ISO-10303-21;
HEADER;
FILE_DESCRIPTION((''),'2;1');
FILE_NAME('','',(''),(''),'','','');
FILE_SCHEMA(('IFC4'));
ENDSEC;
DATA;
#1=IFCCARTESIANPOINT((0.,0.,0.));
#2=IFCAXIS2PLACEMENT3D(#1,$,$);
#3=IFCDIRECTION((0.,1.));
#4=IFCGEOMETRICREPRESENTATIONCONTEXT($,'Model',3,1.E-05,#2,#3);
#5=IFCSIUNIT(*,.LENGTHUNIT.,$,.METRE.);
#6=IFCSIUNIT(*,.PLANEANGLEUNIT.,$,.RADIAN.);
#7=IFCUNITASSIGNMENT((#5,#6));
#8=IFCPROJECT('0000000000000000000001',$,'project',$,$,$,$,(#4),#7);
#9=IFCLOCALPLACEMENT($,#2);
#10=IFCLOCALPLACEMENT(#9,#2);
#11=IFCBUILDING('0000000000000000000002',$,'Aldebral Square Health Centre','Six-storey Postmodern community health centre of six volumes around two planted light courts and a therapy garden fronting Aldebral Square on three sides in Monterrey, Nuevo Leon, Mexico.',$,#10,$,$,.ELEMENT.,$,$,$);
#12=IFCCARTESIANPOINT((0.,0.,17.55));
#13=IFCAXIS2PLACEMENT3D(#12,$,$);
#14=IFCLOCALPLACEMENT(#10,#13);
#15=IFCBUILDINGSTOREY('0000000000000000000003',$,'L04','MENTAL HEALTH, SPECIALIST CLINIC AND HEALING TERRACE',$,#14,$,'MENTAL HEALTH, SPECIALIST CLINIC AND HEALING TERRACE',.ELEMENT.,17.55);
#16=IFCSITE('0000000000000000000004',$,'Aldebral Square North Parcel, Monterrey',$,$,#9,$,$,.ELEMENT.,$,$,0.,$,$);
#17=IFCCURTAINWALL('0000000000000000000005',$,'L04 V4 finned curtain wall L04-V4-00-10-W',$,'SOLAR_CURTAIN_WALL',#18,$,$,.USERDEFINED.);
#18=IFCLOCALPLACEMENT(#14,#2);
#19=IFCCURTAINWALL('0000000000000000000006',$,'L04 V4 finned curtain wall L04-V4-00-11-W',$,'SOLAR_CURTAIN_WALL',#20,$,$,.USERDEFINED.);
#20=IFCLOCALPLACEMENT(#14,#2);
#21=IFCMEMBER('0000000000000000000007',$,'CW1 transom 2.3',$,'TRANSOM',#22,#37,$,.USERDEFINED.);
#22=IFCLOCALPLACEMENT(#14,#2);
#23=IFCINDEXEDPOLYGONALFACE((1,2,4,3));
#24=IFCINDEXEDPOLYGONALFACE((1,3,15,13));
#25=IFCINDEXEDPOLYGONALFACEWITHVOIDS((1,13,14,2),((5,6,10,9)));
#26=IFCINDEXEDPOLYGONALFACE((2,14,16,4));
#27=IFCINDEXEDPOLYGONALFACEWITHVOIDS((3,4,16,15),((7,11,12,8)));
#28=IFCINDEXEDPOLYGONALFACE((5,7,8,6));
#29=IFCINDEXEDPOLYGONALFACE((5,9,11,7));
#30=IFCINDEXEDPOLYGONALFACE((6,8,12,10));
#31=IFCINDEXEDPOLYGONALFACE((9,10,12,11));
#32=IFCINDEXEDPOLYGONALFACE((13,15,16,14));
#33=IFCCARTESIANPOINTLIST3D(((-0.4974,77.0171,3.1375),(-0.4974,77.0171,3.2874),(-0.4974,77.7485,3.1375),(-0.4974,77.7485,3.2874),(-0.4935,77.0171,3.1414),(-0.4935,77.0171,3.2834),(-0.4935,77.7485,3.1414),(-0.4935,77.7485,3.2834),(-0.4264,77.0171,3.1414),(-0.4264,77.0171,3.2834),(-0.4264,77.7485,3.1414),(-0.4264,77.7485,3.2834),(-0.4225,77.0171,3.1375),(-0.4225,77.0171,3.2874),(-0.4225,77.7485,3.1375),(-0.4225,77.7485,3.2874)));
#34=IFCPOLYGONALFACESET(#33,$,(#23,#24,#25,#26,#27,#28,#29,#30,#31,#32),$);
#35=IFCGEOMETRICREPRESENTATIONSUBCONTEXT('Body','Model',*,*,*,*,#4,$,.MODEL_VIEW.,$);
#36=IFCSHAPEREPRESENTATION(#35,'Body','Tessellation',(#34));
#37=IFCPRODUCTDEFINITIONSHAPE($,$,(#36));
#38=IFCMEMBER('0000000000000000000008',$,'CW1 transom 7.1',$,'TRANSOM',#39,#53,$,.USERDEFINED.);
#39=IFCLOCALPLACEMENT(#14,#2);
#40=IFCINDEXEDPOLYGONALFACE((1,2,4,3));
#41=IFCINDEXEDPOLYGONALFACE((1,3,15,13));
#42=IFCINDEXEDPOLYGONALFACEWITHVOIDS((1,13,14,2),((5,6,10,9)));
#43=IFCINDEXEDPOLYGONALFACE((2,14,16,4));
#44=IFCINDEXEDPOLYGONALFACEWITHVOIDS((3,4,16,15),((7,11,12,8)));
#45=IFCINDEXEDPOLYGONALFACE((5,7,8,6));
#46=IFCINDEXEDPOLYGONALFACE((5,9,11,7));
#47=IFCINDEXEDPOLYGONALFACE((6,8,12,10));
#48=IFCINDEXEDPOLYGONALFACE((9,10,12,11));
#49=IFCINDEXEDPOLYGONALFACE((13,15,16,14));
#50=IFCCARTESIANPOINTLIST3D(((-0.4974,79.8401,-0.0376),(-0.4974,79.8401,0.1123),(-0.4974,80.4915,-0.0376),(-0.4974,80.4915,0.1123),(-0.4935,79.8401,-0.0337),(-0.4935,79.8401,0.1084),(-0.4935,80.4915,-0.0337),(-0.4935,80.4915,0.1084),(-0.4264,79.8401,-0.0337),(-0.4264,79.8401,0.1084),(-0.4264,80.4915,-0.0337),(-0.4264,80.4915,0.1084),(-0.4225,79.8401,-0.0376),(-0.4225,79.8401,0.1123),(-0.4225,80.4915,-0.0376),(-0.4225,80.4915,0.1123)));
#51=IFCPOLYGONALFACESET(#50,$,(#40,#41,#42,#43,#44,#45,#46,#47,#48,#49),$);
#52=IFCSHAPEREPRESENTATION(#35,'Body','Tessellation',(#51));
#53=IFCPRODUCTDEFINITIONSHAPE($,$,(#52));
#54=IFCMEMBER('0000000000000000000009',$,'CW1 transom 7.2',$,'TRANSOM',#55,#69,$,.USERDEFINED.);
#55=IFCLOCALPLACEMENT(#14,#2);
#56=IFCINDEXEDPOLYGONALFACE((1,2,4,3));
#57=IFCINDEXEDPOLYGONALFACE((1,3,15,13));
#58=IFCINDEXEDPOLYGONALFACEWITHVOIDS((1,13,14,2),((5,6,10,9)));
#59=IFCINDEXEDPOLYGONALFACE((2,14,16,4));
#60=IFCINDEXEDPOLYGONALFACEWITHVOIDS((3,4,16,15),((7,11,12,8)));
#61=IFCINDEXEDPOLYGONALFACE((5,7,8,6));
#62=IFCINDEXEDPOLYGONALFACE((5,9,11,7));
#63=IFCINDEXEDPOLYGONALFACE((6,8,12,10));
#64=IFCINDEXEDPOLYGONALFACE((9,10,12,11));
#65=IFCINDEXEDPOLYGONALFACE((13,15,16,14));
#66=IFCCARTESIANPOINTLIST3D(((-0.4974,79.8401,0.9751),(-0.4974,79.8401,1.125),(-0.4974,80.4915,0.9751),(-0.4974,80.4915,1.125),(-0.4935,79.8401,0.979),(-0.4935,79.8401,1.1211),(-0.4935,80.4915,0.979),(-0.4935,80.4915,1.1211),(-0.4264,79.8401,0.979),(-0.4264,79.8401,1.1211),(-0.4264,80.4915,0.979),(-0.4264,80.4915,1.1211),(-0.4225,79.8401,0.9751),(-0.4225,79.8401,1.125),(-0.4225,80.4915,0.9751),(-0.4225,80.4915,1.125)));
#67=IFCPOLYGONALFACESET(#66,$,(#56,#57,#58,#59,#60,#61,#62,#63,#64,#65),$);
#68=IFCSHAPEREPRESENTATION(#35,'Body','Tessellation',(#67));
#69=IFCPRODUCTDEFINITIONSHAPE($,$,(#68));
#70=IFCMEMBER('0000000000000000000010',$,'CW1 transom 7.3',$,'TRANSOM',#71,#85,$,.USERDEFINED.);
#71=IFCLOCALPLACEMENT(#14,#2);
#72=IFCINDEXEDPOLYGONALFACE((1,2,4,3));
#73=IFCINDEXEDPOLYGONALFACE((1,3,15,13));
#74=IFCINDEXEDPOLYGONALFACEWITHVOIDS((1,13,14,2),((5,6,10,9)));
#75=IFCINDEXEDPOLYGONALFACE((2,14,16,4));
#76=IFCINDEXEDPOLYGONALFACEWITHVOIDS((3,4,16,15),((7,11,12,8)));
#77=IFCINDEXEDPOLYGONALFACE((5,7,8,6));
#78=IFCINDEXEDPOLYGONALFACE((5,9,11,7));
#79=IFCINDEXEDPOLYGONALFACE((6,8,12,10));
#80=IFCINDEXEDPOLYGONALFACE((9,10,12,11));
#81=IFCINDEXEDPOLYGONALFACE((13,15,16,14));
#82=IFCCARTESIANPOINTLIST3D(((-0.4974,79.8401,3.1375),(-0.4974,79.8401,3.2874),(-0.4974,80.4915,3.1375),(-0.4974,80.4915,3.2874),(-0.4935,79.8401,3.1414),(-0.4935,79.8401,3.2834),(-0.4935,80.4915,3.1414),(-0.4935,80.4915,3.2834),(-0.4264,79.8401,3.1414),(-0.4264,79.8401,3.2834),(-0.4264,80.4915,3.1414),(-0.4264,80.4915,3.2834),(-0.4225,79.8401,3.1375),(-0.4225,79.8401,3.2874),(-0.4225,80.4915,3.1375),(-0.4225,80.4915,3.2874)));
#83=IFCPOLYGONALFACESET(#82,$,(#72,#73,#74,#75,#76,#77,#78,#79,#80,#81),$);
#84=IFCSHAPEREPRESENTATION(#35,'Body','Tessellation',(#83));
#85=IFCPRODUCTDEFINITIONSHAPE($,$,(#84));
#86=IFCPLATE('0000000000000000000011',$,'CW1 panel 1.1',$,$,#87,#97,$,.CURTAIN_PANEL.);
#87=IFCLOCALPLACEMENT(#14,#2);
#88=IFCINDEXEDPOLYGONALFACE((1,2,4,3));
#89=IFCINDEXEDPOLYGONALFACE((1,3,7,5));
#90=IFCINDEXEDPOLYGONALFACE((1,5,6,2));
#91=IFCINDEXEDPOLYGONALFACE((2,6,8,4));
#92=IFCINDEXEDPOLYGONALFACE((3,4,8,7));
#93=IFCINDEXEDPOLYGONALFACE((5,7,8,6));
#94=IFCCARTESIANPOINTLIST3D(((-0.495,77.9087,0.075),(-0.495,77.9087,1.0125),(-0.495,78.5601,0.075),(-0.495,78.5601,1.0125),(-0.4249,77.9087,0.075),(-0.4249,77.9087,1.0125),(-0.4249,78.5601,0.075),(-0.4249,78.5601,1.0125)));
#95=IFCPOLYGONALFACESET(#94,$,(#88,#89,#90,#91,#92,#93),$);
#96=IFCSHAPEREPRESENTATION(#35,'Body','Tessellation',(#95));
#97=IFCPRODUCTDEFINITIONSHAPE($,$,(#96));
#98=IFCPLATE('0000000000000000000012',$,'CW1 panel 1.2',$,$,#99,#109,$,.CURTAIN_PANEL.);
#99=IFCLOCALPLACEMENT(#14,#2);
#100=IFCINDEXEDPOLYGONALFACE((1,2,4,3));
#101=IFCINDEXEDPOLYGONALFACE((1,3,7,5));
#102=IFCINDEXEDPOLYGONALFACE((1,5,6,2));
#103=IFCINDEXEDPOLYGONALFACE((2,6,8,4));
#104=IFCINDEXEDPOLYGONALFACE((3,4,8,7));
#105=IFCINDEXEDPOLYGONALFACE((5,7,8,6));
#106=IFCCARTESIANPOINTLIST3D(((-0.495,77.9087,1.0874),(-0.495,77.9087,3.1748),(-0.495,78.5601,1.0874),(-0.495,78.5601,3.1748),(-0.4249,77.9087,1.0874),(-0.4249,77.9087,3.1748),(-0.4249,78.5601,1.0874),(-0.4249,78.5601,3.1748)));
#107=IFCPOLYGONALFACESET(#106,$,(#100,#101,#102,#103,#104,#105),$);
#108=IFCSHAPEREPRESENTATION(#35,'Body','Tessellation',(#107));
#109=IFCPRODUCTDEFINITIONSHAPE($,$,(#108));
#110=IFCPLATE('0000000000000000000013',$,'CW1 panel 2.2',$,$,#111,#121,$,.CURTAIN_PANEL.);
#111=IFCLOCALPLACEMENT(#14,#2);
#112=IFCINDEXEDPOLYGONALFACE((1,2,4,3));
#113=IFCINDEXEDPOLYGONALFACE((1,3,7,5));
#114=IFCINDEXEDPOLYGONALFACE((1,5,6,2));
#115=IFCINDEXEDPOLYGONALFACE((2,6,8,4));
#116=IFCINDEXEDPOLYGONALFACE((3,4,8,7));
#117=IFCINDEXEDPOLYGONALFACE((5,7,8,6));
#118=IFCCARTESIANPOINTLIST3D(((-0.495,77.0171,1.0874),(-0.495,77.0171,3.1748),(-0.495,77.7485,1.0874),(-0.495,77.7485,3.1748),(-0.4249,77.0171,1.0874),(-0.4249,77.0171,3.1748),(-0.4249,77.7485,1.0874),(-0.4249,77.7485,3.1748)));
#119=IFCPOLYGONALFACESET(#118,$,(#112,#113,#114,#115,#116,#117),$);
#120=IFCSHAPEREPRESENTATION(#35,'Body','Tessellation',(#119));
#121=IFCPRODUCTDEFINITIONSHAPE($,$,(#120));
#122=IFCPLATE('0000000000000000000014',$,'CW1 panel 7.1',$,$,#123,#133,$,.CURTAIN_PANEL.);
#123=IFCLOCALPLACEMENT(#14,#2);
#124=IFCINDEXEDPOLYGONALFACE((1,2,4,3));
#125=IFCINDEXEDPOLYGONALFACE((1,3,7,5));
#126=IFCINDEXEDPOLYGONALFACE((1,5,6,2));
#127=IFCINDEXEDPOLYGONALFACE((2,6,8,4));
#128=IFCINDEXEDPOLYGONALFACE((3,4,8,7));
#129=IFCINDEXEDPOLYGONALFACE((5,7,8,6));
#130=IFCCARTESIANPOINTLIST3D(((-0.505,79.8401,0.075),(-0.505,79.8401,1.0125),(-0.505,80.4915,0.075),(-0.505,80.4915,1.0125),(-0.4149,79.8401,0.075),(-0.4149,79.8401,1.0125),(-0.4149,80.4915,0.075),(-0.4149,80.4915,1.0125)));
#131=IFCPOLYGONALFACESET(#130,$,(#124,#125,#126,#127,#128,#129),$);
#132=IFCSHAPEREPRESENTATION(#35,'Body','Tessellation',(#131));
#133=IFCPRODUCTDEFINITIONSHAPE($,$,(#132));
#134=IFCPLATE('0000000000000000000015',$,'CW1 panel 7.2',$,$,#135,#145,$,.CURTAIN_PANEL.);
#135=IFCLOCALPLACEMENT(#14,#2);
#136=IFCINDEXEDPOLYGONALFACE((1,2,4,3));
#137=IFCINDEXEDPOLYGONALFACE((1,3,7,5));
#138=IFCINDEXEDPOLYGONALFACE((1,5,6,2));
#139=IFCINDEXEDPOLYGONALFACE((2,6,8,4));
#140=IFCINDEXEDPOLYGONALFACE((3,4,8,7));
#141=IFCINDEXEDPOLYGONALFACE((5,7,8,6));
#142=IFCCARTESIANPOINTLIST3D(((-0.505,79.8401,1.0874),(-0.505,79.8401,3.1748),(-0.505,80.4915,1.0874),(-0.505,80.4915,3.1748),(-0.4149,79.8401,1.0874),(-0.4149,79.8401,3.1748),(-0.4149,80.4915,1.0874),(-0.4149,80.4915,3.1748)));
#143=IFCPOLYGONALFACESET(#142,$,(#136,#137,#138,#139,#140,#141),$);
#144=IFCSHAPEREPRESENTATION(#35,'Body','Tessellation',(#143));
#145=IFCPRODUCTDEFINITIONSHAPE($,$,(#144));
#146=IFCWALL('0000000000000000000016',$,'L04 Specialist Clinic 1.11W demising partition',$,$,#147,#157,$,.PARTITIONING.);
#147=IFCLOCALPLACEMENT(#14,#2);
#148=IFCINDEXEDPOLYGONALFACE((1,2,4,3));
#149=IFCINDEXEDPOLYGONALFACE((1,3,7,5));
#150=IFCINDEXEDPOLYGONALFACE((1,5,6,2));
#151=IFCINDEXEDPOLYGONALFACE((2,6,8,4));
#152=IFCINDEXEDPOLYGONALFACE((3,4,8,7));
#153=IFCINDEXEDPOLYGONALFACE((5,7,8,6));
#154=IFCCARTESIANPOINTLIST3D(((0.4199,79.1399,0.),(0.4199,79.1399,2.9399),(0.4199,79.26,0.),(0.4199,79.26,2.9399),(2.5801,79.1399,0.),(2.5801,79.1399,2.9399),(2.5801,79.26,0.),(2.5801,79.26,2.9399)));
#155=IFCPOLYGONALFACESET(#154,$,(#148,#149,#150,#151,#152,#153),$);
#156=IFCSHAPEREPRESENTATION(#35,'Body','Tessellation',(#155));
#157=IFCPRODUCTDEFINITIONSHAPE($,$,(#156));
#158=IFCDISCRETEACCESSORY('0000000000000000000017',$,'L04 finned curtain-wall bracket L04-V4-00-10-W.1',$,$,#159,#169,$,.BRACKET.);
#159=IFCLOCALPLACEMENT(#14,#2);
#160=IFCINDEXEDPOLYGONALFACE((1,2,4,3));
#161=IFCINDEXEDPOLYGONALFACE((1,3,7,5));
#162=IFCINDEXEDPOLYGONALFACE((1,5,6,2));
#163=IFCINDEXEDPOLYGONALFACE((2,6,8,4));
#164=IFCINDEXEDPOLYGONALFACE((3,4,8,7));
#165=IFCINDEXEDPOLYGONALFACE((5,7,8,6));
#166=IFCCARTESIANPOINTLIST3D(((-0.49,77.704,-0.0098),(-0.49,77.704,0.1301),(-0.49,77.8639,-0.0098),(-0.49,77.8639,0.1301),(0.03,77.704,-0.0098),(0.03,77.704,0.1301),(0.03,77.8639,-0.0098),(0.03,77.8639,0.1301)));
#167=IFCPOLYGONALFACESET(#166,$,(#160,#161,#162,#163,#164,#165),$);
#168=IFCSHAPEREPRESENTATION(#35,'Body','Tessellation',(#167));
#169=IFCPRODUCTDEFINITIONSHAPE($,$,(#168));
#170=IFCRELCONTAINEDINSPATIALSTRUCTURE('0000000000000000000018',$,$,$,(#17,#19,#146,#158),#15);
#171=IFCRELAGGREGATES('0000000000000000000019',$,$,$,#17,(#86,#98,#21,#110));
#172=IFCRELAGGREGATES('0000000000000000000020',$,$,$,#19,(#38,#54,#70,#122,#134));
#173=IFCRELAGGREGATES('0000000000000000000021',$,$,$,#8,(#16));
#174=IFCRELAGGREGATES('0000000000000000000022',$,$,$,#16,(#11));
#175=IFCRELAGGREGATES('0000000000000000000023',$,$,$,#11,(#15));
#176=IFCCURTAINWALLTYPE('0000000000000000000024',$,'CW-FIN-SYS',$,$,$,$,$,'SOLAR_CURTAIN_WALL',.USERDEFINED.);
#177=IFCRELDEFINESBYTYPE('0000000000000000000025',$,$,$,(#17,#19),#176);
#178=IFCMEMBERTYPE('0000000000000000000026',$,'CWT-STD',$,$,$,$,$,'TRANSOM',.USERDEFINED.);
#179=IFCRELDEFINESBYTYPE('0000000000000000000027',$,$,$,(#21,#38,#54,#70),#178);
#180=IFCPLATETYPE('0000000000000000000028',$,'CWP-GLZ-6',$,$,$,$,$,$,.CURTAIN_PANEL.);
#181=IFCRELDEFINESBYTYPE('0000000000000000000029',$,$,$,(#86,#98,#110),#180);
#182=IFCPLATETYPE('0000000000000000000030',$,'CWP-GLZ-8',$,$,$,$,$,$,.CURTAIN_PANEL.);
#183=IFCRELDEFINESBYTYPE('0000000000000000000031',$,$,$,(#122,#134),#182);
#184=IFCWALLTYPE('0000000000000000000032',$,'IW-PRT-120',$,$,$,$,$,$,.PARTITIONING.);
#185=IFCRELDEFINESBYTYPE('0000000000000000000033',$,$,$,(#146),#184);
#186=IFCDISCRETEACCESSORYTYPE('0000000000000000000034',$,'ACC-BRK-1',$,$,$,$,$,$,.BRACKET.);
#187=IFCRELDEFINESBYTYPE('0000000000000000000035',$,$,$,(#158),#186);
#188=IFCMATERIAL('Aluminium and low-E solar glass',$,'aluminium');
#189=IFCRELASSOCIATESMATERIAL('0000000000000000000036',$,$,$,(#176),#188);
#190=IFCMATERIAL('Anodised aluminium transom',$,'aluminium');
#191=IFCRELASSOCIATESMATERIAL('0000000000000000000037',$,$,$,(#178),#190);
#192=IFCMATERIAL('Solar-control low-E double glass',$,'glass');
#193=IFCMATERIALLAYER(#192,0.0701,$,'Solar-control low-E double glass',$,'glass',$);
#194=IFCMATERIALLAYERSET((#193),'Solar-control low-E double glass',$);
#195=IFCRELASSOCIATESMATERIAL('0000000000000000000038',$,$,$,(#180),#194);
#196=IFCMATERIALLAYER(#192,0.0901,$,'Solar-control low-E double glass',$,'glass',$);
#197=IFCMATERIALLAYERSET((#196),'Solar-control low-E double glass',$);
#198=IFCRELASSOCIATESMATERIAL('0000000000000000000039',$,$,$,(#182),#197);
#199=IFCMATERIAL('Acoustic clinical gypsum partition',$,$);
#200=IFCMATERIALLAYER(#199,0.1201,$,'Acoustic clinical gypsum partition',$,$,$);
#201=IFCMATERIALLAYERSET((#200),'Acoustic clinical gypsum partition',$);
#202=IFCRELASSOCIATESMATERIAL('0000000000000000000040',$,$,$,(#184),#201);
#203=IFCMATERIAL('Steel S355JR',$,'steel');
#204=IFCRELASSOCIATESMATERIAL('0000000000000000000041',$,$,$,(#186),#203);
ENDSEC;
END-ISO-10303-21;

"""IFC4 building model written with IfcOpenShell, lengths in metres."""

from ifc_helpers import new_model, si_unit, direction, frame, frame_2d, origin, origin_2d, place, context, subcontext, project, spatial, rectangle, hollow_rectangle, extrude, material, layer, layer_set, material_profile, profile_set, type_object, element, aggregate, save


model = new_model("IFC4")

# Units and contexts
model_context = context("Model", 3, precision=1e-05, world=origin(), true_north=direction((0.0, 1.0)))
body_context = subcontext(model_context, "Body", "Model", "MODEL_VIEW")
ifc_project = project(units=[si_unit("LENGTHUNIT", "METRE"), si_unit("PLANEANGLEUNIT", "RADIAN")], contexts=[model_context])

# Site, building, storey
site_placement = place(None, origin())
site = spatial("IfcSite", under=ifc_project, at=site_placement, Name="Aldebral Square North Parcel, Monterrey", CompositionType="ELEMENT", RefElevation=0.0)
building_placement = place(site_placement, origin())
building = spatial("IfcBuilding", under=site, at=building_placement, Name="Aldebral Square Health Centre", Description="Six-storey Postmodern community health centre of six volumes around two planted light courts and a therapy garden fronting Aldebral Square on three sides in Monterrey, Nuevo Leon, Mexico.", CompositionType="ELEMENT")
storey_placement = place(building_placement, frame((0.0, 0.0, 17.55)))
storey = spatial("IfcBuildingStorey", under=building, at=storey_placement, Name="L04", Description="MENTAL HEALTH, SPECIALIST CLINIC AND HEALING TERRACE", LongName="MENTAL HEALTH, SPECIALIST CLINIC AND HEALING TERRACE", CompositionType="ELEMENT", Elevation=17.55)

# Curtain wall
ifc_material_1 = material(Name="Aluminium and low-E solar glass", Category="aluminium")
curtain_wall_type = type_object("IfcCurtainWallType", Name="CW-FIN-SYS", ElementType="SOLAR_CURTAIN_WALL", PredefinedType="USERDEFINED", material=ifc_material_1)
curtain_wall_1_placement = place(storey_placement, origin())
curtain_wall_1 = element("IfcCurtainWall", 1, at=curtain_wall_1_placement, inside=storey, type_object=curtain_wall_type, Name="L04 V4 finned curtain wall L04-V4-00-10-W", ObjectType="SOLAR_CURTAIN_WALL", PredefinedType="USERDEFINED")

# Curtain wall
curtain_wall_2_placement = place(storey_placement, origin())
curtain_wall_2 = element("IfcCurtainWall", 2, at=curtain_wall_2_placement, inside=storey, type_object=curtain_wall_type, Name="L04 V4 finned curtain wall L04-V4-00-11-W", ObjectType="SOLAR_CURTAIN_WALL", PredefinedType="USERDEFINED")

# Members
ifc_material_2 = material(Name="Anodised aluminium transom", Category="aluminium")
ifc_material_profile_1 = material_profile(ifc_material_2, hollow_rectangle(XDim=0.075, YDim=0.1499, WallThickness=0.0039, at=origin_2d()), Name="CWT 75x150x4")
ifc_profile_set_1 = profile_set([ifc_material_profile_1], Name="Anodised aluminium transom")
member_type_1 = type_object("IfcMemberType", Name="CWT-STD", ElementType="TRANSOM", PredefinedType="USERDEFINED", material=ifc_profile_set_1)
member_1_placement = place(storey_placement, frame((-0.46, 77.7485, 3.2124), z_axis=(0.0, -1.0, 0.0), x_axis=(1.0, 0.0, 0.0)))
member_1 = element("IfcMember", 3, at=member_1_placement, type_object=member_type_1, Name="CW1 transom 2.3", ObjectType="TRANSOM", PredefinedType="USERDEFINED", context=body_context, shape_type="SweptSolid", body=[
    extrude(hollow_rectangle(XDim=0.075, YDim=0.1499, WallThickness=0.0039, at=origin_2d()), origin(), (0.0, 0.0, 1.0), 0.7314),
])
member_2_placement = place(storey_placement, frame((-0.46, 80.4915, 0.0374), z_axis=(0.0, -1.0, 0.0), x_axis=(1.0, 0.0, 0.0)))
member_2 = element("IfcMember", 4, at=member_2_placement, type_object=member_type_1, Name="CW1 transom 7.1", ObjectType="TRANSOM", PredefinedType="USERDEFINED", context=body_context, shape_type="SweptSolid", body=[
    extrude(hollow_rectangle(XDim=0.075, YDim=0.1499, WallThickness=0.0039, at=origin_2d()), origin(), (0.0, 0.0, 1.0), 0.6514),
])
member_3_placement = place(storey_placement, frame((-0.46, 80.4915, 1.05), z_axis=(0.0, -1.0, 0.0), x_axis=(1.0, 0.0, 0.0)))
member_3 = element("IfcMember", 5, at=member_3_placement, type_object=member_type_1, Name="CW1 transom 7.2", ObjectType="TRANSOM", PredefinedType="USERDEFINED", context=body_context, shape_type="SweptSolid", body=[
    extrude(hollow_rectangle(XDim=0.075, YDim=0.1499, WallThickness=0.0039, at=origin_2d()), origin(), (0.0, 0.0, 1.0), 0.6514),
])
member_4_placement = place(storey_placement, frame((-0.46, 80.4915, 3.2124), z_axis=(0.0, -1.0, 0.0), x_axis=(1.0, 0.0, 0.0)))
member_4 = element("IfcMember", 6, at=member_4_placement, type_object=member_type_1, Name="CW1 transom 7.3", ObjectType="TRANSOM", PredefinedType="USERDEFINED", context=body_context, shape_type="SweptSolid", body=[
    extrude(hollow_rectangle(XDim=0.075, YDim=0.1499, WallThickness=0.0039, at=origin_2d()), origin(), (0.0, 0.0, 1.0), 0.6514),
])

# Plates
ifc_material_3 = material(Name="Solar-control low-E double glass", Category="glass")
ifc_layer_1 = layer(ifc_material_3, 0.0701, Name="Solar-control low-E double glass", Category="glass")
ifc_layer_set_1 = layer_set([ifc_layer_1], Name="Solar-control low-E double glass")
plate_type_1 = type_object("IfcPlateType", Name="CWP-GLZ-6", PredefinedType="CURTAIN_PANEL", material=ifc_layer_set_1)
plate_1_placement = place(storey_placement, frame((-0.46, 78.2344, 0.075), z_axis=(0.0, 0.0, 1.0), x_axis=(0.0, -1.0, 0.0)))
plate_1 = element("IfcPlate", 7, at=plate_1_placement, type_object=plate_type_1, Name="CW1 panel 1.1", PredefinedType="CURTAIN_PANEL", context=body_context, shape_type="SweptSolid", body=[
    extrude(rectangle(XDim=0.6514, YDim=0.0701, at=origin_2d()), origin(), (0.0, 0.0, 1.0), 0.9375),
])
plate_2_placement = place(storey_placement, frame((-0.46, 78.2344, 1.0874), z_axis=(0.0, 0.0, 1.0), x_axis=(0.0, -1.0, 0.0)))
plate_2 = element("IfcPlate", 8, at=plate_2_placement, type_object=plate_type_1, Name="CW1 panel 1.2", PredefinedType="CURTAIN_PANEL", context=body_context, shape_type="SweptSolid", body=[
    extrude(rectangle(XDim=0.6514, YDim=0.0701, at=origin_2d()), origin(), (0.0, 0.0, 1.0), 2.0874),
])
plate_3_placement = place(storey_placement, frame((-0.46, 77.3828, 1.0874), z_axis=(0.0, 0.0, 1.0), x_axis=(0.0, -1.0, 0.0)))
plate_3 = element("IfcPlate", 9, at=plate_3_placement, type_object=plate_type_1, Name="CW1 panel 2.2", PredefinedType="CURTAIN_PANEL", context=body_context, shape_type="SweptSolid", body=[
    extrude(rectangle(XDim=0.7314, YDim=0.0701, at=origin_2d()), origin(), (0.0, 0.0, 1.0), 2.0874),
])
aggregate(curtain_wall_1, [plate_1, plate_2, member_1, plate_3])
ifc_layer_2 = layer(ifc_material_3, 0.0901, Name="Solar-control low-E double glass", Category="glass")
ifc_layer_set_2 = layer_set([ifc_layer_2], Name="Solar-control low-E double glass")
plate_type_2 = type_object("IfcPlateType", Name="CWP-GLZ-8", PredefinedType="CURTAIN_PANEL", material=ifc_layer_set_2)
plate_4_placement = place(storey_placement, frame((-0.46, 80.1658, 0.075), z_axis=(0.0, 0.0, 1.0), x_axis=(0.0, -1.0, 0.0)))
plate_4 = element("IfcPlate", 10, at=plate_4_placement, type_object=plate_type_2, Name="CW1 panel 7.1", PredefinedType="CURTAIN_PANEL", context=body_context, shape_type="SweptSolid", body=[
    extrude(rectangle(XDim=0.6514, YDim=0.0901, at=origin_2d()), origin(), (0.0, 0.0, 1.0), 0.9375),
])
plate_5_placement = place(storey_placement, frame((-0.46, 80.1658, 1.0874), z_axis=(0.0, 0.0, 1.0), x_axis=(0.0, -1.0, 0.0)))
plate_5 = element("IfcPlate", 11, at=plate_5_placement, type_object=plate_type_2, Name="CW1 panel 7.2", PredefinedType="CURTAIN_PANEL", context=body_context, shape_type="SweptSolid", body=[
    extrude(rectangle(XDim=0.6514, YDim=0.0901, at=origin_2d()), origin(), (0.0, 0.0, 1.0), 2.0874),
])
aggregate(curtain_wall_2, [member_2, member_3, member_4, plate_4, plate_5])

# Wall
ifc_material_4 = material(Name="Acoustic clinical gypsum partition")
ifc_layer_3 = layer(ifc_material_4, 0.1201, Name="Acoustic clinical gypsum partition")
ifc_layer_set_3 = layer_set([ifc_layer_3], Name="Acoustic clinical gypsum partition")
wall_type = type_object("IfcWallType", Name="IW-PRT-120", PredefinedType="PARTITIONING", material=ifc_layer_set_3)
wall_placement = place(storey_placement, frame((0.4199, 79.2, 0.0), z_axis=(0.0, 0.0, 1.0), x_axis=(1.0, 0.0, 0.0)))
element("IfcWall", 12, at=wall_placement, inside=storey, type_object=wall_type, Name="L04 Specialist Clinic 1.11W demising partition", PredefinedType="PARTITIONING", context=body_context, shape_type="SweptSolid", body=[
    extrude(rectangle(XDim=2.1602, YDim=0.1201, at=frame_2d((1.0801, 0.0))), origin(), (0.0, 0.0, 1.0), 2.9399),
])

# Discrete accessory
ifc_material_5 = material(Name="Steel S355JR", Category="steel")
discrete_accessory_type = type_object("IfcDiscreteAccessoryType", Name="ACC-BRK-1", PredefinedType="BRACKET", material=ifc_material_5)
discrete_accessory_placement = place(storey_placement, frame((-0.23, 77.7839, -0.0098), z_axis=(0.0, 0.0, 1.0), x_axis=(0.0, 1.0, 0.0)))
element("IfcDiscreteAccessory", 13, at=discrete_accessory_placement, inside=storey, type_object=discrete_accessory_type, Name="L04 finned curtain-wall bracket L04-V4-00-10-W.1", PredefinedType="BRACKET", context=body_context, shape_type="SweptSolid", body=[
    extrude(rectangle(XDim=0.1599, YDim=0.52, at=origin_2d()), origin(), (0.0, 0.0, 1.0), 0.1399),
])

save(model, "model.ifc")
